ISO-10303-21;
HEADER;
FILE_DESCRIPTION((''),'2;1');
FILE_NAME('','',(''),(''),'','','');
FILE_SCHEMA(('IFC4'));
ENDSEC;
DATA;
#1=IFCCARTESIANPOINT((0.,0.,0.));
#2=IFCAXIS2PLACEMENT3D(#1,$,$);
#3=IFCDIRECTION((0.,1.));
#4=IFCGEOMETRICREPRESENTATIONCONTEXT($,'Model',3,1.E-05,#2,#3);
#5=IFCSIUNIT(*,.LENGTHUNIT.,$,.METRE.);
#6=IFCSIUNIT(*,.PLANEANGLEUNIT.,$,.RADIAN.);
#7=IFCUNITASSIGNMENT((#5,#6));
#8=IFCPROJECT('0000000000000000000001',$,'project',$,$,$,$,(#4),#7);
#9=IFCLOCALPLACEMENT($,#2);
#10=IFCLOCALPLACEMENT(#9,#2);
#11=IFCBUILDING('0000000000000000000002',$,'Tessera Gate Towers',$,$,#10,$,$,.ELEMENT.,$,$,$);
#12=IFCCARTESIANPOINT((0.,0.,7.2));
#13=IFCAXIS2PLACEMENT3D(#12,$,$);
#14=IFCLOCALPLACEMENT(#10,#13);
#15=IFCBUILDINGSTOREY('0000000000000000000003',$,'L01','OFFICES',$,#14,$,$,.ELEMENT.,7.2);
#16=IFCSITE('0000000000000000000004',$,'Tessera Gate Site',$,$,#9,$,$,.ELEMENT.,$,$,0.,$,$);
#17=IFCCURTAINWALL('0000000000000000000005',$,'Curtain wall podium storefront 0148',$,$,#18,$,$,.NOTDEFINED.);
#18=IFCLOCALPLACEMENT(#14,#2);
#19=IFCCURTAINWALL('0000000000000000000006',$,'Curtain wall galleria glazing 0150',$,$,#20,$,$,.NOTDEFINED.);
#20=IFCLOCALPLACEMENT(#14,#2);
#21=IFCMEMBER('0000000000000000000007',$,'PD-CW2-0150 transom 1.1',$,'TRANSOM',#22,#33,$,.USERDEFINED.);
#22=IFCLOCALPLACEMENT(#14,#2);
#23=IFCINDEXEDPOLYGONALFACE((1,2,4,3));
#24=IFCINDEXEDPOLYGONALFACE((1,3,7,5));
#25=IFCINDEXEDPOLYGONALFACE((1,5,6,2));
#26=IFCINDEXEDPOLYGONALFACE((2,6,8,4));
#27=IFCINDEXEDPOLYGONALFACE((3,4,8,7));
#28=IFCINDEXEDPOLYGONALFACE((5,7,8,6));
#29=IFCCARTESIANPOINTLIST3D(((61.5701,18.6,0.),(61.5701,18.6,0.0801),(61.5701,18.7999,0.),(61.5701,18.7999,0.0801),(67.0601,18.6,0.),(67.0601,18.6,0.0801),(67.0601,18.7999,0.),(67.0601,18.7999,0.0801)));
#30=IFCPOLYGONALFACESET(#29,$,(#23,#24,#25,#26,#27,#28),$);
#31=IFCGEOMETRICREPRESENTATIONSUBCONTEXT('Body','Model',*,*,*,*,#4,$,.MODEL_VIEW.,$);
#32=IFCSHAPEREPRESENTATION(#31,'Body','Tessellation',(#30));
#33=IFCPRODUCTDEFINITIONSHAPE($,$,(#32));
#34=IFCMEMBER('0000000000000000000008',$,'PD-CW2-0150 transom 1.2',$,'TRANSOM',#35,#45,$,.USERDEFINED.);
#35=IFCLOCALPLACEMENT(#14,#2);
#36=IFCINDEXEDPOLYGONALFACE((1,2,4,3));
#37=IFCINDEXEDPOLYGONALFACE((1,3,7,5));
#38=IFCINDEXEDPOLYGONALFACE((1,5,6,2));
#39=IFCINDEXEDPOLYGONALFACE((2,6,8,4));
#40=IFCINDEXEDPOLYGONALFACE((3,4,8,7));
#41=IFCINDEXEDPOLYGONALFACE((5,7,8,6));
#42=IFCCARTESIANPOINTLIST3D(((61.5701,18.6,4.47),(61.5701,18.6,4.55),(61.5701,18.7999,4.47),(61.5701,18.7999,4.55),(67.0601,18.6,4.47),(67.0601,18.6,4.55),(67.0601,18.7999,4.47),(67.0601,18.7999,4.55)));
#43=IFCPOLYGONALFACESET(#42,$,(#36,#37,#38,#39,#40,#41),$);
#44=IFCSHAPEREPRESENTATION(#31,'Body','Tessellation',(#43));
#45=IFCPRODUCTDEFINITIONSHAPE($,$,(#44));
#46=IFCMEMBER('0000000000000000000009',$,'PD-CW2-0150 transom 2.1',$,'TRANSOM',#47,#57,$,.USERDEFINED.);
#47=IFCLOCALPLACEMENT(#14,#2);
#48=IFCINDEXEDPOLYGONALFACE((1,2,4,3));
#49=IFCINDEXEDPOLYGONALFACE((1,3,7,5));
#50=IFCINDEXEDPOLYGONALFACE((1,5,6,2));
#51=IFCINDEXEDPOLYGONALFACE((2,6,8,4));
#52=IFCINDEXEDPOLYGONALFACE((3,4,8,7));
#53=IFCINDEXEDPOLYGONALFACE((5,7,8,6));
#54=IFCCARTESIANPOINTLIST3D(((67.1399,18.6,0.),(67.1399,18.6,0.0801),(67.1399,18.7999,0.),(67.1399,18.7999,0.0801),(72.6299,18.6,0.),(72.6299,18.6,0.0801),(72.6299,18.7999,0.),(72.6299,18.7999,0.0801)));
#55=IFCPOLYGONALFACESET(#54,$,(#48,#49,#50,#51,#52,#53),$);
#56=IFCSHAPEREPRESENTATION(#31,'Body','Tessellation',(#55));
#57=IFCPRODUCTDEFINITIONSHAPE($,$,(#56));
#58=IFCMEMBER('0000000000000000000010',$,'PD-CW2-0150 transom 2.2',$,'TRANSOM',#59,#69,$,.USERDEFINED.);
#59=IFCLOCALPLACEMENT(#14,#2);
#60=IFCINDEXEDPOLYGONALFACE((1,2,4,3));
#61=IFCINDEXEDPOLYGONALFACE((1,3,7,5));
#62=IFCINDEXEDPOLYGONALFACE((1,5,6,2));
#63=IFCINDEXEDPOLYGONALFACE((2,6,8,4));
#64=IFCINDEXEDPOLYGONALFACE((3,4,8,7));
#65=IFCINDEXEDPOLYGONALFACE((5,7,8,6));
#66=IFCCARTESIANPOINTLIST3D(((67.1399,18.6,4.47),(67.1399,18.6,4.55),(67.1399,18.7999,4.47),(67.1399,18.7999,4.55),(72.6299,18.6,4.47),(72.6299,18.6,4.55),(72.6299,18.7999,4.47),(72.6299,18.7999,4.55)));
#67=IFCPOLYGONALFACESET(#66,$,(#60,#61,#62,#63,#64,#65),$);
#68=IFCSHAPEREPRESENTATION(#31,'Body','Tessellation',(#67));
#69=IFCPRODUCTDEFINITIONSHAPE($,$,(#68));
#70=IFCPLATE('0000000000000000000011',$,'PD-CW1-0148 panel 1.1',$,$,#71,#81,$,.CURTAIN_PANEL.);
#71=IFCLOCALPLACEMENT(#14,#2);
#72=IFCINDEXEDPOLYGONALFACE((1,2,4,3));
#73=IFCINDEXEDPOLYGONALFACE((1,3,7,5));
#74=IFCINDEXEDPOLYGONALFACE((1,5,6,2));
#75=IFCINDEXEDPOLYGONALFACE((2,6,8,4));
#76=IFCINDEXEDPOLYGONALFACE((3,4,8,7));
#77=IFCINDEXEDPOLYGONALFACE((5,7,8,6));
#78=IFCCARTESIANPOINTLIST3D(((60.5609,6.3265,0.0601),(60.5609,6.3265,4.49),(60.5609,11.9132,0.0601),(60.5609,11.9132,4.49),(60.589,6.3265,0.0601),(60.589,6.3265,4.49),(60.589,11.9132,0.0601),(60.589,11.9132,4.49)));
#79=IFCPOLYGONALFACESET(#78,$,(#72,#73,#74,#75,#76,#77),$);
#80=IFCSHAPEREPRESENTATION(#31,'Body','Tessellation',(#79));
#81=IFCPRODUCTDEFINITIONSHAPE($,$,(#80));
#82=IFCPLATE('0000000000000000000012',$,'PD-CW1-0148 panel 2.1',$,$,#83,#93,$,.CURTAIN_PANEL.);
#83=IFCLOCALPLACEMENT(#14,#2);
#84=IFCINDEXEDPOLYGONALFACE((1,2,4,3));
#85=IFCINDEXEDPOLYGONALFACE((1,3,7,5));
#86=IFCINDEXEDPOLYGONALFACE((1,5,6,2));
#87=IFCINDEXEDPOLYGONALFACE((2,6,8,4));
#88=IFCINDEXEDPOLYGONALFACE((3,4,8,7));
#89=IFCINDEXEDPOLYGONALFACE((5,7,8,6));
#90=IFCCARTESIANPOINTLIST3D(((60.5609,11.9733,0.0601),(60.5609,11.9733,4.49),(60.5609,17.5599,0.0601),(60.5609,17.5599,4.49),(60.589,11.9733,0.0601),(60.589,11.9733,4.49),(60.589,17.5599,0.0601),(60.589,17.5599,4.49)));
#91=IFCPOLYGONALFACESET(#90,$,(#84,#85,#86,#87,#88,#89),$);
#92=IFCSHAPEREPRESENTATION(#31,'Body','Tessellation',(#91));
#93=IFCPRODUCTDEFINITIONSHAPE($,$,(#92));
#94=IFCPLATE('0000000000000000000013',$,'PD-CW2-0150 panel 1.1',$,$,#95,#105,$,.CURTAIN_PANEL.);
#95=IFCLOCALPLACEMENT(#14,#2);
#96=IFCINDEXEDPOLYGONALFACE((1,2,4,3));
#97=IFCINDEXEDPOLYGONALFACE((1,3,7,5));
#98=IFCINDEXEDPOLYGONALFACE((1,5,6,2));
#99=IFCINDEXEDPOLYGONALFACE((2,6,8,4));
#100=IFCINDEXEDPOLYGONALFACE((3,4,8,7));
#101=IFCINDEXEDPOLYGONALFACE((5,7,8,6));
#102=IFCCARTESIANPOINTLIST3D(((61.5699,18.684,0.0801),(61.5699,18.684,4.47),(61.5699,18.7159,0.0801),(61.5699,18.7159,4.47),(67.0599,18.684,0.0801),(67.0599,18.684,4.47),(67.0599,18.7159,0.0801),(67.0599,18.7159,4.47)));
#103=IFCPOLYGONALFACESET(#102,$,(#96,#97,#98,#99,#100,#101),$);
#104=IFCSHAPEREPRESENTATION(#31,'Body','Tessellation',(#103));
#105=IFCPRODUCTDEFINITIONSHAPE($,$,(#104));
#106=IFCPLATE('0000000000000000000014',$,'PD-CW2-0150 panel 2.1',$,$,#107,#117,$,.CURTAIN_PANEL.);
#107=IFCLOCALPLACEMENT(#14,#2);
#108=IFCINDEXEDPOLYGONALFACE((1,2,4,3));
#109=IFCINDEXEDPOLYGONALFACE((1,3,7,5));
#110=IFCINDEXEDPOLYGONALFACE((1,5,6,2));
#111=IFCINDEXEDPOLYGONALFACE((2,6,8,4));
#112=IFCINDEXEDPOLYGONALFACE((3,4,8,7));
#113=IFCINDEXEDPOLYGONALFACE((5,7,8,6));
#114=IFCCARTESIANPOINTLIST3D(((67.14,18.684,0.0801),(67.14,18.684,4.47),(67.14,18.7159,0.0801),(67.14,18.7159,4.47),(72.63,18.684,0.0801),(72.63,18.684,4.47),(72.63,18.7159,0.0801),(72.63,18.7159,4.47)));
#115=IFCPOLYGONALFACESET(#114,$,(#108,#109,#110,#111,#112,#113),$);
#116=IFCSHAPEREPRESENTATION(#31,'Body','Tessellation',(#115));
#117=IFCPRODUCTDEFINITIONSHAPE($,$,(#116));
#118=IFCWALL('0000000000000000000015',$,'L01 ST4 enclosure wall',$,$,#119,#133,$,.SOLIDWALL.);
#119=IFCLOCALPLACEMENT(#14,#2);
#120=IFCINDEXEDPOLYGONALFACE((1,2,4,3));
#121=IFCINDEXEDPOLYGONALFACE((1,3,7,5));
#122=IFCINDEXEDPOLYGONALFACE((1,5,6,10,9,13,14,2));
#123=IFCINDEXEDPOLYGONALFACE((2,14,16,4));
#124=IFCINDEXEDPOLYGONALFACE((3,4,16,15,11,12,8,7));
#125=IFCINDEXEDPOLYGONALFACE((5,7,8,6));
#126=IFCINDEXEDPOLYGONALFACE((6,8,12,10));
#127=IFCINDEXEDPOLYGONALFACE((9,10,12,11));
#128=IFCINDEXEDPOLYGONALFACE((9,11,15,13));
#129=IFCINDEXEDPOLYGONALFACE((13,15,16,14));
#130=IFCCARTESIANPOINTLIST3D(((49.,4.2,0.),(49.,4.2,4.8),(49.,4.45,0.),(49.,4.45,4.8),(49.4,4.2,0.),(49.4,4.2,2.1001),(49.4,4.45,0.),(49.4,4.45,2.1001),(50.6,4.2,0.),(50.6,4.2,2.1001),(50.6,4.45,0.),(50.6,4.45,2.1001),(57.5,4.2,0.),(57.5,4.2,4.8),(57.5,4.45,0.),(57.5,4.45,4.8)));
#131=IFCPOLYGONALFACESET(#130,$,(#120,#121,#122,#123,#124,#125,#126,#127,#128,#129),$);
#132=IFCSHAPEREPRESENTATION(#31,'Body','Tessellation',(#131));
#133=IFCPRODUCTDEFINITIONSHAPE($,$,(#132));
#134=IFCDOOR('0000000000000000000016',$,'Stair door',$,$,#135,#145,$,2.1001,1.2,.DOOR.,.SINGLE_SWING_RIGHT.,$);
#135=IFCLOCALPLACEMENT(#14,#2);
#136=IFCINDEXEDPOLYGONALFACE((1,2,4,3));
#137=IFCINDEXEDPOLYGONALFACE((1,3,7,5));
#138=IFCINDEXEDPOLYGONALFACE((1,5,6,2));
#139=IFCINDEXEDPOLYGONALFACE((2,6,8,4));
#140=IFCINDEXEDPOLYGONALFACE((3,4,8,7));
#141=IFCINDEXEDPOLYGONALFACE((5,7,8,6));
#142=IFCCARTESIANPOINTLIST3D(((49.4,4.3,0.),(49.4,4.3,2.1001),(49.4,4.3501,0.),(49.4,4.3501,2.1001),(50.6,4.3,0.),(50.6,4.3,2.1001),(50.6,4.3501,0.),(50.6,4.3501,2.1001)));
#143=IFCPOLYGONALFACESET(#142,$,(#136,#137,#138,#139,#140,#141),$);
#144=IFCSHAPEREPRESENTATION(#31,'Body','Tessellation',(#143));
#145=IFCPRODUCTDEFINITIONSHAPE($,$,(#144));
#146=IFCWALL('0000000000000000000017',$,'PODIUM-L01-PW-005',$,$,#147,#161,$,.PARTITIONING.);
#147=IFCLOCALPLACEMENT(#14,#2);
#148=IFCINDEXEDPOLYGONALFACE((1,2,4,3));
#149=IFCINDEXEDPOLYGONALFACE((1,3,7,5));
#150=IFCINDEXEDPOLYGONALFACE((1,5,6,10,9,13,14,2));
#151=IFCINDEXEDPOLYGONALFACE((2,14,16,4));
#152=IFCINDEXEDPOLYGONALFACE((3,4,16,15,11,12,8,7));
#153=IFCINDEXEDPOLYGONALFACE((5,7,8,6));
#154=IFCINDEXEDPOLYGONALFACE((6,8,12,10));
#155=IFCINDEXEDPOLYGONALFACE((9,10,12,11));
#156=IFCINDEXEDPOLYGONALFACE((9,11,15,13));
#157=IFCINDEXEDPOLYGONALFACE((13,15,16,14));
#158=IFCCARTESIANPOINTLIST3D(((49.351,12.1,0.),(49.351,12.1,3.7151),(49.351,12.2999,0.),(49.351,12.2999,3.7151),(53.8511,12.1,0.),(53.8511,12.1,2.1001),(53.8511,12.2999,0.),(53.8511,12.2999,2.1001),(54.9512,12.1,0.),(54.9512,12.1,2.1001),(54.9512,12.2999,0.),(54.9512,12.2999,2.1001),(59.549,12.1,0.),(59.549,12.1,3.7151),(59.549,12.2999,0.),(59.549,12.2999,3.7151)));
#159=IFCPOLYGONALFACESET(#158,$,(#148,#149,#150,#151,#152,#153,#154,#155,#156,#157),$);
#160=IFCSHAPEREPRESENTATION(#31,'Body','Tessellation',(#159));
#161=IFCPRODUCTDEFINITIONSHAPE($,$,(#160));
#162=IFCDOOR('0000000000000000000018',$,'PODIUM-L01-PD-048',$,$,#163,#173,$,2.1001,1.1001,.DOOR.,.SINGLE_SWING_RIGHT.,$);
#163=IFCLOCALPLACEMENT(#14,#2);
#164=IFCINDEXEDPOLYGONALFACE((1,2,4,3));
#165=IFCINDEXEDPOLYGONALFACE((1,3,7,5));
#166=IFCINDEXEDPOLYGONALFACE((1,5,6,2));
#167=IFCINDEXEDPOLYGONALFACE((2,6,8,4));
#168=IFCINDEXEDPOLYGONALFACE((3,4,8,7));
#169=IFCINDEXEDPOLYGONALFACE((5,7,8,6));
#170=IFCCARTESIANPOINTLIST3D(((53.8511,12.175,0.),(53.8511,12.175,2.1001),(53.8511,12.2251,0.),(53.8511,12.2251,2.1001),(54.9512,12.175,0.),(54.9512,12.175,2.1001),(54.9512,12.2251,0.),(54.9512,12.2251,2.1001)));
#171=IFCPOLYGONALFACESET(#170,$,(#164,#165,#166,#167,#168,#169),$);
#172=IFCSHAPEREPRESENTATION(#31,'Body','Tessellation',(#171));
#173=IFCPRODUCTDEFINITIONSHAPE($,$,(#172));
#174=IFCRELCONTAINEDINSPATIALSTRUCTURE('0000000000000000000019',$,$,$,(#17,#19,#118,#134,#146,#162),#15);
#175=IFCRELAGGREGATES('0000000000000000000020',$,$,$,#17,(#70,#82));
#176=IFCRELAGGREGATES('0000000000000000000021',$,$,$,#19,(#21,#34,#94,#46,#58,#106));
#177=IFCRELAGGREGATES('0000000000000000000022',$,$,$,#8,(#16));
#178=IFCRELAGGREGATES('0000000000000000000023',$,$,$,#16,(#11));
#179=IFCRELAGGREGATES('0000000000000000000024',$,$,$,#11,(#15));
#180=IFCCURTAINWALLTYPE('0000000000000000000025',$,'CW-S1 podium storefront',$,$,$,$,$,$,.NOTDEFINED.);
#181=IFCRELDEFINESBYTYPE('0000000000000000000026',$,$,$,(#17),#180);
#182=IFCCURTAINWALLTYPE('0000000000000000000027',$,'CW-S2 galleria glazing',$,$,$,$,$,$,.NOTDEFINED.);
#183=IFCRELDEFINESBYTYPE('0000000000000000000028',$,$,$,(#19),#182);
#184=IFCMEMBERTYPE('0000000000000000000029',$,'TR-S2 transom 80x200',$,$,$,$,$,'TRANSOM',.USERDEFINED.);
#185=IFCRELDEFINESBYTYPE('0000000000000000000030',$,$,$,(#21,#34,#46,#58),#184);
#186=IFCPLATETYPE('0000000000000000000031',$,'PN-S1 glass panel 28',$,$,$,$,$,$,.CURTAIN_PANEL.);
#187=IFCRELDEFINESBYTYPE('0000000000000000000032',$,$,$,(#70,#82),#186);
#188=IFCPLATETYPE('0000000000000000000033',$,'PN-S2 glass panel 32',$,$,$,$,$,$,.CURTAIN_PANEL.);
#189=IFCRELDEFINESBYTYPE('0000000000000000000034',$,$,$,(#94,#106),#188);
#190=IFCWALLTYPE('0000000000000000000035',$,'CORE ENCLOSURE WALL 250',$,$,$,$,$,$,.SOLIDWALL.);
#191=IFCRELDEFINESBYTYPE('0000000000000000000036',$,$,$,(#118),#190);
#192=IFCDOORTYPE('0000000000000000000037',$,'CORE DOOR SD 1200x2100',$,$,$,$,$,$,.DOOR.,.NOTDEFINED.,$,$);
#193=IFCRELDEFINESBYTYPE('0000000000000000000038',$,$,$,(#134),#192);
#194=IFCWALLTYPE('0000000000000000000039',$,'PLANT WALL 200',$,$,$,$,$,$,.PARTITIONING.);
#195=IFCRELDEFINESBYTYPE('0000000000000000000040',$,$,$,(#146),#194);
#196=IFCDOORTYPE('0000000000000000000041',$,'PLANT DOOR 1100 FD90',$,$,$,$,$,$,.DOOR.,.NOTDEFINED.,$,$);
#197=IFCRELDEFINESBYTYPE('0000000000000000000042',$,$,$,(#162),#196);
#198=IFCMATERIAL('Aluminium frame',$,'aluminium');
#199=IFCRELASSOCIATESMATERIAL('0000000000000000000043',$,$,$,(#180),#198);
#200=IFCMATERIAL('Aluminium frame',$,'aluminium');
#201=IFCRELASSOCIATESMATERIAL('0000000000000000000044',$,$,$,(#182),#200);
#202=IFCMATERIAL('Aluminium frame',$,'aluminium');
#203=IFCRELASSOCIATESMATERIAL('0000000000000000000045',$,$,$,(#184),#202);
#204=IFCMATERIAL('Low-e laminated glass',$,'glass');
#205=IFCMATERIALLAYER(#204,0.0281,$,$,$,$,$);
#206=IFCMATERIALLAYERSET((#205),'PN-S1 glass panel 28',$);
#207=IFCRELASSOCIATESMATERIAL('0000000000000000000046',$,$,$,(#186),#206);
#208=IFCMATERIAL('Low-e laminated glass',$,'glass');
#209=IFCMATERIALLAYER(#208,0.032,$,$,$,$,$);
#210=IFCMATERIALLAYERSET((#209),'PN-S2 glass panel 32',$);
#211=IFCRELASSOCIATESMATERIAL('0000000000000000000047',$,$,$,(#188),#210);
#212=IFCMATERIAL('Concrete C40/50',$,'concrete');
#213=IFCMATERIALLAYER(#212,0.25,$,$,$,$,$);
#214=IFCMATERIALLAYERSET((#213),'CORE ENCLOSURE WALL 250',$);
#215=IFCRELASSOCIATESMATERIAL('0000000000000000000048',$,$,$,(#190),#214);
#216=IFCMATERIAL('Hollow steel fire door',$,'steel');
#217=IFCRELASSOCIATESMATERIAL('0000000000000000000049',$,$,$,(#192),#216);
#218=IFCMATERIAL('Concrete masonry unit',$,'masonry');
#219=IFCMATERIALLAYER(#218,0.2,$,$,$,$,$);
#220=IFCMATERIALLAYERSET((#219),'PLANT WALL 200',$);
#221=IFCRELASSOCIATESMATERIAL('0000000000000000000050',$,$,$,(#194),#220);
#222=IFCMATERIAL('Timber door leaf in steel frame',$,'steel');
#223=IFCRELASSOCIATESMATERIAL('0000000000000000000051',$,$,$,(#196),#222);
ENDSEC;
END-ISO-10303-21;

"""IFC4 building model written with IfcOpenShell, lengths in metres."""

from ifc_helpers import new_model, si_unit, direction, frame, frame_2d, origin, origin_2d, place, context, subcontext, project, spatial, rectangle, extrude, source, transform, mapped, material, layer, layer_set, material_profile, profile_set, type_object, element, fill, aggregate, save


model = new_model("IFC4")

# Units and contexts
model_context = context("Model", 3, precision=1e-05, world=origin(), true_north=direction((0.0, 1.0)))
body_context = subcontext(model_context, "Body", "Model", "MODEL_VIEW")
ifc_project = project(units=[si_unit("LENGTHUNIT", "METRE"), si_unit("PLANEANGLEUNIT", "RADIAN")], contexts=[model_context])

# Site, building, storey
site_placement = place(None, origin())
site = spatial("IfcSite", under=ifc_project, at=site_placement, Name="Tessera Gate Site", CompositionType="ELEMENT", RefElevation=0.0)
building_placement = place(site_placement, origin())
building = spatial("IfcBuilding", under=site, at=building_placement, Name="Tessera Gate Towers", CompositionType="ELEMENT")
storey_placement = place(building_placement, frame((0.0, 0.0, 7.2)))
storey = spatial("IfcBuildingStorey", under=building, at=storey_placement, Name="L01", Description="OFFICES", CompositionType="ELEMENT", Elevation=7.2)

# Curtain walls
ifc_material_1 = material(Name="Aluminium frame", Category="aluminium")
curtain_wall_type_1 = type_object("IfcCurtainWallType", Name="CW-S1 podium storefront", PredefinedType="NOTDEFINED", material=ifc_material_1)
curtain_wall_1_placement = place(storey_placement, origin())
curtain_wall_1 = element("IfcCurtainWall", 1, at=curtain_wall_1_placement, inside=storey, type_object=curtain_wall_type_1, Name="Curtain wall podium storefront 0148", PredefinedType="NOTDEFINED")
ifc_material_2 = material(Name="Aluminium frame", Category="aluminium")
curtain_wall_type_2 = type_object("IfcCurtainWallType", Name="CW-S2 galleria glazing", PredefinedType="NOTDEFINED", material=ifc_material_2)
curtain_wall_2_placement = place(storey_placement, origin())
curtain_wall_2 = element("IfcCurtainWall", 2, at=curtain_wall_2_placement, inside=storey, type_object=curtain_wall_type_2, Name="Curtain wall galleria glazing 0150", PredefinedType="NOTDEFINED")

# Members
ifc_material_3 = material(Name="Aluminium frame", Category="aluminium")
ifc_material_profile_1 = material_profile(ifc_material_3, rectangle(XDim=0.2, YDim=0.0801, at=origin_2d()), Name="AL 80x200")
ifc_profile_set_1 = profile_set([ifc_material_profile_1], Name="Aluminium frame")
member_type_1 = type_object("IfcMemberType", Name="TR-S2 transom 80x200", ElementType="TRANSOM", PredefinedType="USERDEFINED", material=ifc_profile_set_1)
member_1_placement = place(storey_placement, frame((61.5701, 18.7, 0.04), z_axis=(1.0, 0.0, 0.0), x_axis=(0.0, 1.0, 0.0)))
member_1 = element("IfcMember", 3, at=member_1_placement, type_object=member_type_1, Name="PD-CW2-0150 transom 1.1", ObjectType="TRANSOM", PredefinedType="USERDEFINED", context=body_context, shape_type="SweptSolid", body=[
    extrude(rectangle(XDim=0.2, YDim=0.0801, at=origin_2d()), origin(), (0.0, 0.0, 1.0), 5.49),
])
member_2_placement = place(storey_placement, frame((61.5701, 18.7, 4.51), z_axis=(1.0, 0.0, 0.0), x_axis=(0.0, 1.0, 0.0)))
member_2 = element("IfcMember", 4, at=member_2_placement, type_object=member_type_1, Name="PD-CW2-0150 transom 1.2", ObjectType="TRANSOM", PredefinedType="USERDEFINED", context=body_context, shape_type="SweptSolid", body=[
    extrude(rectangle(XDim=0.2, YDim=0.0801, at=origin_2d()), origin(), (0.0, 0.0, 1.0), 5.49),
])
member_3_placement = place(storey_placement, frame((67.1399, 18.7, 0.04), z_axis=(1.0, 0.0, 0.0), x_axis=(0.0, 1.0, 0.0)))
member_3 = element("IfcMember", 5, at=member_3_placement, type_object=member_type_1, Name="PD-CW2-0150 transom 2.1", ObjectType="TRANSOM", PredefinedType="USERDEFINED", context=body_context, shape_type="SweptSolid", body=[
    extrude(rectangle(XDim=0.2, YDim=0.0801, at=origin_2d()), origin(), (0.0, 0.0, 1.0), 5.49),
])
member_4_placement = place(storey_placement, frame((67.1399, 18.7, 4.51), z_axis=(1.0, 0.0, 0.0), x_axis=(0.0, 1.0, 0.0)))
member_4 = element("IfcMember", 6, at=member_4_placement, type_object=member_type_1, Name="PD-CW2-0150 transom 2.2", ObjectType="TRANSOM", PredefinedType="USERDEFINED", context=body_context, shape_type="SweptSolid", body=[
    extrude(rectangle(XDim=0.2, YDim=0.0801, at=origin_2d()), origin(), (0.0, 0.0, 1.0), 5.49),
])

# Plates
ifc_material_4 = material(Name="Low-e laminated glass", Category="glass")
ifc_layer_1 = layer(ifc_material_4, 0.0281)
ifc_layer_set_1 = layer_set([ifc_layer_1], Name="PN-S1 glass panel 28")
plate_type_1 = type_object("IfcPlateType", Name="PN-S1 glass panel 28", PredefinedType="CURTAIN_PANEL", material=ifc_layer_set_1)
plate_1_placement = place(storey_placement, frame((60.575, 9.1199, 0.0601), z_axis=(0.0, 0.0, 1.0), x_axis=(0.0, 1.0, 0.0)))
plate_1 = element("IfcPlate", 7, at=plate_1_placement, type_object=plate_type_1, Name="PD-CW1-0148 panel 1.1", PredefinedType="CURTAIN_PANEL", context=body_context, shape_type="SweptSolid", body=[
    extrude(rectangle(XDim=5.5867, YDim=0.0281, at=origin_2d()), origin(), (0.0, 0.0, 1.0), 4.4299),
])
plate_2_placement = place(storey_placement, frame((60.575, 14.7666, 0.0601), z_axis=(0.0, 0.0, 1.0), x_axis=(0.0, 1.0, 0.0)))
plate_2 = element("IfcPlate", 8, at=plate_2_placement, type_object=plate_type_1, Name="PD-CW1-0148 panel 2.1", PredefinedType="CURTAIN_PANEL", context=body_context, shape_type="SweptSolid", body=[
    extrude(rectangle(XDim=5.5867, YDim=0.0281, at=origin_2d()), origin(), (0.0, 0.0, 1.0), 4.4299),
])
aggregate(curtain_wall_1, [plate_1, plate_2])
ifc_material_5 = material(Name="Low-e laminated glass", Category="glass")
ifc_layer_2 = layer(ifc_material_5, 0.032)
ifc_layer_set_2 = layer_set([ifc_layer_2], Name="PN-S2 glass panel 32")
plate_type_2 = type_object("IfcPlateType", Name="PN-S2 glass panel 32", PredefinedType="CURTAIN_PANEL", material=ifc_layer_set_2)
plate_3_placement = place(storey_placement, frame((64.3149, 18.7, 0.0801), z_axis=(0.0, 0.0, 1.0), x_axis=(1.0, 0.0, 0.0)))
plate_3 = element("IfcPlate", 9, at=plate_3_placement, type_object=plate_type_2, Name="PD-CW2-0150 panel 1.1", PredefinedType="CURTAIN_PANEL", context=body_context, shape_type="SweptSolid", body=[
    extrude(rectangle(XDim=5.49, YDim=0.032, at=origin_2d()), origin(), (0.0, 0.0, 1.0), 4.3899),
])
plate_4_placement = place(storey_placement, frame((69.885, 18.7, 0.0801), z_axis=(0.0, 0.0, 1.0), x_axis=(1.0, 0.0, 0.0)))
plate_4 = element("IfcPlate", 10, at=plate_4_placement, type_object=plate_type_2, Name="PD-CW2-0150 panel 2.1", PredefinedType="CURTAIN_PANEL", context=body_context, shape_type="SweptSolid", body=[
    extrude(rectangle(XDim=5.49, YDim=0.032, at=origin_2d()), origin(), (0.0, 0.0, 1.0), 4.3899),
])
aggregate(curtain_wall_2, [member_1, member_2, plate_3, member_3, member_4, plate_4])

# Walls, openings, doors
ifc_material_6 = material(Name="Concrete C40/50", Category="concrete")
ifc_layer_3 = layer(ifc_material_6, 0.25)
ifc_layer_set_3 = layer_set([ifc_layer_3], Name="CORE ENCLOSURE WALL 250")
wall_type_1 = type_object("IfcWallType", Name="CORE ENCLOSURE WALL 250", PredefinedType="SOLIDWALL", material=ifc_layer_set_3)
wall_1_placement = place(storey_placement, frame((57.5, 4.325, 0.0), z_axis=(0.0, 0.0, 1.0), x_axis=(-1.0, 0.0, 0.0)))
wall_1 = element("IfcWall", 11, at=wall_1_placement, inside=storey, type_object=wall_type_1, Name="L01 ST4 enclosure wall", PredefinedType="SOLIDWALL", context=body_context, shape_type="SweptSolid", body=[
    extrude(rectangle(XDim=8.5, YDim=0.25, at=frame_2d((4.25, 0.0))), origin(), (0.0, 0.0, 1.0), 4.8),
])
shared_shape_1 = source(origin(), body_context, "Body", "SweptSolid", [
    extrude(rectangle(XDim=1.2, YDim=2.1001, at=frame_2d((0.6001, 1.05))), frame((0.0, 0.135, 0.0), z_axis=(0.0, -1.0, 0.0), x_axis=(1.0, 0.0, 0.0)), (0.0, 0.0, 1.0), 0.27),
])
opening_1_placement = place(wall_1_placement, frame((6.8999, 0.0, 0.0)))
opening_1 = element("IfcOpeningElement", 12, at=opening_1_placement, cuts=wall_1, PredefinedType="OPENING", context=body_context, shape_type="MappedRepresentation", body=[
    mapped(shared_shape_1, transform((0.0, 0.0, 0.0), scale=1.0)),
])
ifc_material_7 = material(Name="Hollow steel fire door", Category="steel")
door_type_1 = type_object("IfcDoorType", Name="CORE DOOR SD 1200x2100", OperationType="NOTDEFINED", PredefinedType="DOOR", material=ifc_material_7)
shared_shape_2 = source(origin(), body_context, "Body", "SweptSolid", [
    extrude(rectangle(XDim=1.2, YDim=2.1001, at=frame_2d((0.6001, 1.05))), frame((0.0, 0.0249, 0.0), z_axis=(0.0, -1.0, 0.0), x_axis=(1.0, 0.0, 0.0)), (0.0, 0.0, 1.0), 0.05),
])
door_1_placement = place(opening_1_placement, origin())
door_1 = element("IfcDoor", 13, at=door_1_placement, inside=storey, type_object=door_type_1, Name="Stair door", OperationType="SINGLE_SWING_RIGHT", OverallHeight=2.1001, OverallWidth=1.2, PredefinedType="DOOR", context=body_context, shape_type="MappedRepresentation", body=[
    mapped(shared_shape_2, transform((0.0, 0.0, 0.0), scale=1.0)),
])
fill(opening_1, door_1)
ifc_material_8 = material(Name="Concrete masonry unit", Category="masonry")
ifc_layer_4 = layer(ifc_material_8, 0.2)
ifc_layer_set_4 = layer_set([ifc_layer_4], Name="PLANT WALL 200")
wall_type_2 = type_object("IfcWallType", Name="PLANT WALL 200", PredefinedType="PARTITIONING", material=ifc_layer_set_4)
wall_2_placement = place(storey_placement, frame((59.5491, 12.2, 0.0), z_axis=(0.0, 0.0, 1.0), x_axis=(-1.0, 0.0, 0.0)))
wall_2 = element("IfcWall", 14, at=wall_2_placement, inside=storey, type_object=wall_type_2, Name="PODIUM-L01-PW-005", PredefinedType="PARTITIONING", context=body_context, shape_type="SweptSolid", body=[
    extrude(rectangle(XDim=10.198, YDim=0.2, at=frame_2d((5.0991, 0.0))), origin(), (0.0, 0.0, 1.0), 3.7151),
])
shared_shape_3 = source(origin(), body_context, "Body", "SweptSolid", [
    extrude(rectangle(XDim=1.1001, YDim=2.1001, at=frame_2d((0.55, 1.05))), frame((0.0, 0.1099, 0.0), z_axis=(0.0, -1.0, 0.0), x_axis=(1.0, 0.0, 0.0)), (0.0, 0.0, 1.0), 0.22),
])
opening_2_placement = place(wall_2_placement, frame((4.5979, 0.0, 0.0)))
opening_2 = element("IfcOpeningElement", 15, at=opening_2_placement, cuts=wall_2, PredefinedType="OPENING", context=body_context, shape_type="MappedRepresentation", body=[
    mapped(shared_shape_3, transform((0.0, 0.0, 0.0), scale=1.0)),
])
ifc_material_9 = material(Name="Timber door leaf in steel frame", Category="steel")
door_type_2 = type_object("IfcDoorType", Name="PLANT DOOR 1100 FD90", OperationType="NOTDEFINED", PredefinedType="DOOR", material=ifc_material_9)
shared_shape_4 = source(origin(), body_context, "Body", "SweptSolid", [
    extrude(rectangle(XDim=1.1001, YDim=2.1001, at=frame_2d((0.55, 1.05))), frame((0.0, 0.0249, 0.0), z_axis=(0.0, -1.0, 0.0), x_axis=(1.0, 0.0, 0.0)), (0.0, 0.0, 1.0), 0.05),
])
door_2_placement = place(opening_2_placement, origin())
door_2 = element("IfcDoor", 16, at=door_2_placement, inside=storey, type_object=door_type_2, Name="PODIUM-L01-PD-048", OperationType="SINGLE_SWING_RIGHT", OverallHeight=2.1001, OverallWidth=1.1001, PredefinedType="DOOR", context=body_context, shape_type="MappedRepresentation", body=[
    mapped(shared_shape_4, transform((0.0, 0.0, 0.0), scale=1.0)),
])
fill(opening_2, door_2)

save(model, "model.ifc")
